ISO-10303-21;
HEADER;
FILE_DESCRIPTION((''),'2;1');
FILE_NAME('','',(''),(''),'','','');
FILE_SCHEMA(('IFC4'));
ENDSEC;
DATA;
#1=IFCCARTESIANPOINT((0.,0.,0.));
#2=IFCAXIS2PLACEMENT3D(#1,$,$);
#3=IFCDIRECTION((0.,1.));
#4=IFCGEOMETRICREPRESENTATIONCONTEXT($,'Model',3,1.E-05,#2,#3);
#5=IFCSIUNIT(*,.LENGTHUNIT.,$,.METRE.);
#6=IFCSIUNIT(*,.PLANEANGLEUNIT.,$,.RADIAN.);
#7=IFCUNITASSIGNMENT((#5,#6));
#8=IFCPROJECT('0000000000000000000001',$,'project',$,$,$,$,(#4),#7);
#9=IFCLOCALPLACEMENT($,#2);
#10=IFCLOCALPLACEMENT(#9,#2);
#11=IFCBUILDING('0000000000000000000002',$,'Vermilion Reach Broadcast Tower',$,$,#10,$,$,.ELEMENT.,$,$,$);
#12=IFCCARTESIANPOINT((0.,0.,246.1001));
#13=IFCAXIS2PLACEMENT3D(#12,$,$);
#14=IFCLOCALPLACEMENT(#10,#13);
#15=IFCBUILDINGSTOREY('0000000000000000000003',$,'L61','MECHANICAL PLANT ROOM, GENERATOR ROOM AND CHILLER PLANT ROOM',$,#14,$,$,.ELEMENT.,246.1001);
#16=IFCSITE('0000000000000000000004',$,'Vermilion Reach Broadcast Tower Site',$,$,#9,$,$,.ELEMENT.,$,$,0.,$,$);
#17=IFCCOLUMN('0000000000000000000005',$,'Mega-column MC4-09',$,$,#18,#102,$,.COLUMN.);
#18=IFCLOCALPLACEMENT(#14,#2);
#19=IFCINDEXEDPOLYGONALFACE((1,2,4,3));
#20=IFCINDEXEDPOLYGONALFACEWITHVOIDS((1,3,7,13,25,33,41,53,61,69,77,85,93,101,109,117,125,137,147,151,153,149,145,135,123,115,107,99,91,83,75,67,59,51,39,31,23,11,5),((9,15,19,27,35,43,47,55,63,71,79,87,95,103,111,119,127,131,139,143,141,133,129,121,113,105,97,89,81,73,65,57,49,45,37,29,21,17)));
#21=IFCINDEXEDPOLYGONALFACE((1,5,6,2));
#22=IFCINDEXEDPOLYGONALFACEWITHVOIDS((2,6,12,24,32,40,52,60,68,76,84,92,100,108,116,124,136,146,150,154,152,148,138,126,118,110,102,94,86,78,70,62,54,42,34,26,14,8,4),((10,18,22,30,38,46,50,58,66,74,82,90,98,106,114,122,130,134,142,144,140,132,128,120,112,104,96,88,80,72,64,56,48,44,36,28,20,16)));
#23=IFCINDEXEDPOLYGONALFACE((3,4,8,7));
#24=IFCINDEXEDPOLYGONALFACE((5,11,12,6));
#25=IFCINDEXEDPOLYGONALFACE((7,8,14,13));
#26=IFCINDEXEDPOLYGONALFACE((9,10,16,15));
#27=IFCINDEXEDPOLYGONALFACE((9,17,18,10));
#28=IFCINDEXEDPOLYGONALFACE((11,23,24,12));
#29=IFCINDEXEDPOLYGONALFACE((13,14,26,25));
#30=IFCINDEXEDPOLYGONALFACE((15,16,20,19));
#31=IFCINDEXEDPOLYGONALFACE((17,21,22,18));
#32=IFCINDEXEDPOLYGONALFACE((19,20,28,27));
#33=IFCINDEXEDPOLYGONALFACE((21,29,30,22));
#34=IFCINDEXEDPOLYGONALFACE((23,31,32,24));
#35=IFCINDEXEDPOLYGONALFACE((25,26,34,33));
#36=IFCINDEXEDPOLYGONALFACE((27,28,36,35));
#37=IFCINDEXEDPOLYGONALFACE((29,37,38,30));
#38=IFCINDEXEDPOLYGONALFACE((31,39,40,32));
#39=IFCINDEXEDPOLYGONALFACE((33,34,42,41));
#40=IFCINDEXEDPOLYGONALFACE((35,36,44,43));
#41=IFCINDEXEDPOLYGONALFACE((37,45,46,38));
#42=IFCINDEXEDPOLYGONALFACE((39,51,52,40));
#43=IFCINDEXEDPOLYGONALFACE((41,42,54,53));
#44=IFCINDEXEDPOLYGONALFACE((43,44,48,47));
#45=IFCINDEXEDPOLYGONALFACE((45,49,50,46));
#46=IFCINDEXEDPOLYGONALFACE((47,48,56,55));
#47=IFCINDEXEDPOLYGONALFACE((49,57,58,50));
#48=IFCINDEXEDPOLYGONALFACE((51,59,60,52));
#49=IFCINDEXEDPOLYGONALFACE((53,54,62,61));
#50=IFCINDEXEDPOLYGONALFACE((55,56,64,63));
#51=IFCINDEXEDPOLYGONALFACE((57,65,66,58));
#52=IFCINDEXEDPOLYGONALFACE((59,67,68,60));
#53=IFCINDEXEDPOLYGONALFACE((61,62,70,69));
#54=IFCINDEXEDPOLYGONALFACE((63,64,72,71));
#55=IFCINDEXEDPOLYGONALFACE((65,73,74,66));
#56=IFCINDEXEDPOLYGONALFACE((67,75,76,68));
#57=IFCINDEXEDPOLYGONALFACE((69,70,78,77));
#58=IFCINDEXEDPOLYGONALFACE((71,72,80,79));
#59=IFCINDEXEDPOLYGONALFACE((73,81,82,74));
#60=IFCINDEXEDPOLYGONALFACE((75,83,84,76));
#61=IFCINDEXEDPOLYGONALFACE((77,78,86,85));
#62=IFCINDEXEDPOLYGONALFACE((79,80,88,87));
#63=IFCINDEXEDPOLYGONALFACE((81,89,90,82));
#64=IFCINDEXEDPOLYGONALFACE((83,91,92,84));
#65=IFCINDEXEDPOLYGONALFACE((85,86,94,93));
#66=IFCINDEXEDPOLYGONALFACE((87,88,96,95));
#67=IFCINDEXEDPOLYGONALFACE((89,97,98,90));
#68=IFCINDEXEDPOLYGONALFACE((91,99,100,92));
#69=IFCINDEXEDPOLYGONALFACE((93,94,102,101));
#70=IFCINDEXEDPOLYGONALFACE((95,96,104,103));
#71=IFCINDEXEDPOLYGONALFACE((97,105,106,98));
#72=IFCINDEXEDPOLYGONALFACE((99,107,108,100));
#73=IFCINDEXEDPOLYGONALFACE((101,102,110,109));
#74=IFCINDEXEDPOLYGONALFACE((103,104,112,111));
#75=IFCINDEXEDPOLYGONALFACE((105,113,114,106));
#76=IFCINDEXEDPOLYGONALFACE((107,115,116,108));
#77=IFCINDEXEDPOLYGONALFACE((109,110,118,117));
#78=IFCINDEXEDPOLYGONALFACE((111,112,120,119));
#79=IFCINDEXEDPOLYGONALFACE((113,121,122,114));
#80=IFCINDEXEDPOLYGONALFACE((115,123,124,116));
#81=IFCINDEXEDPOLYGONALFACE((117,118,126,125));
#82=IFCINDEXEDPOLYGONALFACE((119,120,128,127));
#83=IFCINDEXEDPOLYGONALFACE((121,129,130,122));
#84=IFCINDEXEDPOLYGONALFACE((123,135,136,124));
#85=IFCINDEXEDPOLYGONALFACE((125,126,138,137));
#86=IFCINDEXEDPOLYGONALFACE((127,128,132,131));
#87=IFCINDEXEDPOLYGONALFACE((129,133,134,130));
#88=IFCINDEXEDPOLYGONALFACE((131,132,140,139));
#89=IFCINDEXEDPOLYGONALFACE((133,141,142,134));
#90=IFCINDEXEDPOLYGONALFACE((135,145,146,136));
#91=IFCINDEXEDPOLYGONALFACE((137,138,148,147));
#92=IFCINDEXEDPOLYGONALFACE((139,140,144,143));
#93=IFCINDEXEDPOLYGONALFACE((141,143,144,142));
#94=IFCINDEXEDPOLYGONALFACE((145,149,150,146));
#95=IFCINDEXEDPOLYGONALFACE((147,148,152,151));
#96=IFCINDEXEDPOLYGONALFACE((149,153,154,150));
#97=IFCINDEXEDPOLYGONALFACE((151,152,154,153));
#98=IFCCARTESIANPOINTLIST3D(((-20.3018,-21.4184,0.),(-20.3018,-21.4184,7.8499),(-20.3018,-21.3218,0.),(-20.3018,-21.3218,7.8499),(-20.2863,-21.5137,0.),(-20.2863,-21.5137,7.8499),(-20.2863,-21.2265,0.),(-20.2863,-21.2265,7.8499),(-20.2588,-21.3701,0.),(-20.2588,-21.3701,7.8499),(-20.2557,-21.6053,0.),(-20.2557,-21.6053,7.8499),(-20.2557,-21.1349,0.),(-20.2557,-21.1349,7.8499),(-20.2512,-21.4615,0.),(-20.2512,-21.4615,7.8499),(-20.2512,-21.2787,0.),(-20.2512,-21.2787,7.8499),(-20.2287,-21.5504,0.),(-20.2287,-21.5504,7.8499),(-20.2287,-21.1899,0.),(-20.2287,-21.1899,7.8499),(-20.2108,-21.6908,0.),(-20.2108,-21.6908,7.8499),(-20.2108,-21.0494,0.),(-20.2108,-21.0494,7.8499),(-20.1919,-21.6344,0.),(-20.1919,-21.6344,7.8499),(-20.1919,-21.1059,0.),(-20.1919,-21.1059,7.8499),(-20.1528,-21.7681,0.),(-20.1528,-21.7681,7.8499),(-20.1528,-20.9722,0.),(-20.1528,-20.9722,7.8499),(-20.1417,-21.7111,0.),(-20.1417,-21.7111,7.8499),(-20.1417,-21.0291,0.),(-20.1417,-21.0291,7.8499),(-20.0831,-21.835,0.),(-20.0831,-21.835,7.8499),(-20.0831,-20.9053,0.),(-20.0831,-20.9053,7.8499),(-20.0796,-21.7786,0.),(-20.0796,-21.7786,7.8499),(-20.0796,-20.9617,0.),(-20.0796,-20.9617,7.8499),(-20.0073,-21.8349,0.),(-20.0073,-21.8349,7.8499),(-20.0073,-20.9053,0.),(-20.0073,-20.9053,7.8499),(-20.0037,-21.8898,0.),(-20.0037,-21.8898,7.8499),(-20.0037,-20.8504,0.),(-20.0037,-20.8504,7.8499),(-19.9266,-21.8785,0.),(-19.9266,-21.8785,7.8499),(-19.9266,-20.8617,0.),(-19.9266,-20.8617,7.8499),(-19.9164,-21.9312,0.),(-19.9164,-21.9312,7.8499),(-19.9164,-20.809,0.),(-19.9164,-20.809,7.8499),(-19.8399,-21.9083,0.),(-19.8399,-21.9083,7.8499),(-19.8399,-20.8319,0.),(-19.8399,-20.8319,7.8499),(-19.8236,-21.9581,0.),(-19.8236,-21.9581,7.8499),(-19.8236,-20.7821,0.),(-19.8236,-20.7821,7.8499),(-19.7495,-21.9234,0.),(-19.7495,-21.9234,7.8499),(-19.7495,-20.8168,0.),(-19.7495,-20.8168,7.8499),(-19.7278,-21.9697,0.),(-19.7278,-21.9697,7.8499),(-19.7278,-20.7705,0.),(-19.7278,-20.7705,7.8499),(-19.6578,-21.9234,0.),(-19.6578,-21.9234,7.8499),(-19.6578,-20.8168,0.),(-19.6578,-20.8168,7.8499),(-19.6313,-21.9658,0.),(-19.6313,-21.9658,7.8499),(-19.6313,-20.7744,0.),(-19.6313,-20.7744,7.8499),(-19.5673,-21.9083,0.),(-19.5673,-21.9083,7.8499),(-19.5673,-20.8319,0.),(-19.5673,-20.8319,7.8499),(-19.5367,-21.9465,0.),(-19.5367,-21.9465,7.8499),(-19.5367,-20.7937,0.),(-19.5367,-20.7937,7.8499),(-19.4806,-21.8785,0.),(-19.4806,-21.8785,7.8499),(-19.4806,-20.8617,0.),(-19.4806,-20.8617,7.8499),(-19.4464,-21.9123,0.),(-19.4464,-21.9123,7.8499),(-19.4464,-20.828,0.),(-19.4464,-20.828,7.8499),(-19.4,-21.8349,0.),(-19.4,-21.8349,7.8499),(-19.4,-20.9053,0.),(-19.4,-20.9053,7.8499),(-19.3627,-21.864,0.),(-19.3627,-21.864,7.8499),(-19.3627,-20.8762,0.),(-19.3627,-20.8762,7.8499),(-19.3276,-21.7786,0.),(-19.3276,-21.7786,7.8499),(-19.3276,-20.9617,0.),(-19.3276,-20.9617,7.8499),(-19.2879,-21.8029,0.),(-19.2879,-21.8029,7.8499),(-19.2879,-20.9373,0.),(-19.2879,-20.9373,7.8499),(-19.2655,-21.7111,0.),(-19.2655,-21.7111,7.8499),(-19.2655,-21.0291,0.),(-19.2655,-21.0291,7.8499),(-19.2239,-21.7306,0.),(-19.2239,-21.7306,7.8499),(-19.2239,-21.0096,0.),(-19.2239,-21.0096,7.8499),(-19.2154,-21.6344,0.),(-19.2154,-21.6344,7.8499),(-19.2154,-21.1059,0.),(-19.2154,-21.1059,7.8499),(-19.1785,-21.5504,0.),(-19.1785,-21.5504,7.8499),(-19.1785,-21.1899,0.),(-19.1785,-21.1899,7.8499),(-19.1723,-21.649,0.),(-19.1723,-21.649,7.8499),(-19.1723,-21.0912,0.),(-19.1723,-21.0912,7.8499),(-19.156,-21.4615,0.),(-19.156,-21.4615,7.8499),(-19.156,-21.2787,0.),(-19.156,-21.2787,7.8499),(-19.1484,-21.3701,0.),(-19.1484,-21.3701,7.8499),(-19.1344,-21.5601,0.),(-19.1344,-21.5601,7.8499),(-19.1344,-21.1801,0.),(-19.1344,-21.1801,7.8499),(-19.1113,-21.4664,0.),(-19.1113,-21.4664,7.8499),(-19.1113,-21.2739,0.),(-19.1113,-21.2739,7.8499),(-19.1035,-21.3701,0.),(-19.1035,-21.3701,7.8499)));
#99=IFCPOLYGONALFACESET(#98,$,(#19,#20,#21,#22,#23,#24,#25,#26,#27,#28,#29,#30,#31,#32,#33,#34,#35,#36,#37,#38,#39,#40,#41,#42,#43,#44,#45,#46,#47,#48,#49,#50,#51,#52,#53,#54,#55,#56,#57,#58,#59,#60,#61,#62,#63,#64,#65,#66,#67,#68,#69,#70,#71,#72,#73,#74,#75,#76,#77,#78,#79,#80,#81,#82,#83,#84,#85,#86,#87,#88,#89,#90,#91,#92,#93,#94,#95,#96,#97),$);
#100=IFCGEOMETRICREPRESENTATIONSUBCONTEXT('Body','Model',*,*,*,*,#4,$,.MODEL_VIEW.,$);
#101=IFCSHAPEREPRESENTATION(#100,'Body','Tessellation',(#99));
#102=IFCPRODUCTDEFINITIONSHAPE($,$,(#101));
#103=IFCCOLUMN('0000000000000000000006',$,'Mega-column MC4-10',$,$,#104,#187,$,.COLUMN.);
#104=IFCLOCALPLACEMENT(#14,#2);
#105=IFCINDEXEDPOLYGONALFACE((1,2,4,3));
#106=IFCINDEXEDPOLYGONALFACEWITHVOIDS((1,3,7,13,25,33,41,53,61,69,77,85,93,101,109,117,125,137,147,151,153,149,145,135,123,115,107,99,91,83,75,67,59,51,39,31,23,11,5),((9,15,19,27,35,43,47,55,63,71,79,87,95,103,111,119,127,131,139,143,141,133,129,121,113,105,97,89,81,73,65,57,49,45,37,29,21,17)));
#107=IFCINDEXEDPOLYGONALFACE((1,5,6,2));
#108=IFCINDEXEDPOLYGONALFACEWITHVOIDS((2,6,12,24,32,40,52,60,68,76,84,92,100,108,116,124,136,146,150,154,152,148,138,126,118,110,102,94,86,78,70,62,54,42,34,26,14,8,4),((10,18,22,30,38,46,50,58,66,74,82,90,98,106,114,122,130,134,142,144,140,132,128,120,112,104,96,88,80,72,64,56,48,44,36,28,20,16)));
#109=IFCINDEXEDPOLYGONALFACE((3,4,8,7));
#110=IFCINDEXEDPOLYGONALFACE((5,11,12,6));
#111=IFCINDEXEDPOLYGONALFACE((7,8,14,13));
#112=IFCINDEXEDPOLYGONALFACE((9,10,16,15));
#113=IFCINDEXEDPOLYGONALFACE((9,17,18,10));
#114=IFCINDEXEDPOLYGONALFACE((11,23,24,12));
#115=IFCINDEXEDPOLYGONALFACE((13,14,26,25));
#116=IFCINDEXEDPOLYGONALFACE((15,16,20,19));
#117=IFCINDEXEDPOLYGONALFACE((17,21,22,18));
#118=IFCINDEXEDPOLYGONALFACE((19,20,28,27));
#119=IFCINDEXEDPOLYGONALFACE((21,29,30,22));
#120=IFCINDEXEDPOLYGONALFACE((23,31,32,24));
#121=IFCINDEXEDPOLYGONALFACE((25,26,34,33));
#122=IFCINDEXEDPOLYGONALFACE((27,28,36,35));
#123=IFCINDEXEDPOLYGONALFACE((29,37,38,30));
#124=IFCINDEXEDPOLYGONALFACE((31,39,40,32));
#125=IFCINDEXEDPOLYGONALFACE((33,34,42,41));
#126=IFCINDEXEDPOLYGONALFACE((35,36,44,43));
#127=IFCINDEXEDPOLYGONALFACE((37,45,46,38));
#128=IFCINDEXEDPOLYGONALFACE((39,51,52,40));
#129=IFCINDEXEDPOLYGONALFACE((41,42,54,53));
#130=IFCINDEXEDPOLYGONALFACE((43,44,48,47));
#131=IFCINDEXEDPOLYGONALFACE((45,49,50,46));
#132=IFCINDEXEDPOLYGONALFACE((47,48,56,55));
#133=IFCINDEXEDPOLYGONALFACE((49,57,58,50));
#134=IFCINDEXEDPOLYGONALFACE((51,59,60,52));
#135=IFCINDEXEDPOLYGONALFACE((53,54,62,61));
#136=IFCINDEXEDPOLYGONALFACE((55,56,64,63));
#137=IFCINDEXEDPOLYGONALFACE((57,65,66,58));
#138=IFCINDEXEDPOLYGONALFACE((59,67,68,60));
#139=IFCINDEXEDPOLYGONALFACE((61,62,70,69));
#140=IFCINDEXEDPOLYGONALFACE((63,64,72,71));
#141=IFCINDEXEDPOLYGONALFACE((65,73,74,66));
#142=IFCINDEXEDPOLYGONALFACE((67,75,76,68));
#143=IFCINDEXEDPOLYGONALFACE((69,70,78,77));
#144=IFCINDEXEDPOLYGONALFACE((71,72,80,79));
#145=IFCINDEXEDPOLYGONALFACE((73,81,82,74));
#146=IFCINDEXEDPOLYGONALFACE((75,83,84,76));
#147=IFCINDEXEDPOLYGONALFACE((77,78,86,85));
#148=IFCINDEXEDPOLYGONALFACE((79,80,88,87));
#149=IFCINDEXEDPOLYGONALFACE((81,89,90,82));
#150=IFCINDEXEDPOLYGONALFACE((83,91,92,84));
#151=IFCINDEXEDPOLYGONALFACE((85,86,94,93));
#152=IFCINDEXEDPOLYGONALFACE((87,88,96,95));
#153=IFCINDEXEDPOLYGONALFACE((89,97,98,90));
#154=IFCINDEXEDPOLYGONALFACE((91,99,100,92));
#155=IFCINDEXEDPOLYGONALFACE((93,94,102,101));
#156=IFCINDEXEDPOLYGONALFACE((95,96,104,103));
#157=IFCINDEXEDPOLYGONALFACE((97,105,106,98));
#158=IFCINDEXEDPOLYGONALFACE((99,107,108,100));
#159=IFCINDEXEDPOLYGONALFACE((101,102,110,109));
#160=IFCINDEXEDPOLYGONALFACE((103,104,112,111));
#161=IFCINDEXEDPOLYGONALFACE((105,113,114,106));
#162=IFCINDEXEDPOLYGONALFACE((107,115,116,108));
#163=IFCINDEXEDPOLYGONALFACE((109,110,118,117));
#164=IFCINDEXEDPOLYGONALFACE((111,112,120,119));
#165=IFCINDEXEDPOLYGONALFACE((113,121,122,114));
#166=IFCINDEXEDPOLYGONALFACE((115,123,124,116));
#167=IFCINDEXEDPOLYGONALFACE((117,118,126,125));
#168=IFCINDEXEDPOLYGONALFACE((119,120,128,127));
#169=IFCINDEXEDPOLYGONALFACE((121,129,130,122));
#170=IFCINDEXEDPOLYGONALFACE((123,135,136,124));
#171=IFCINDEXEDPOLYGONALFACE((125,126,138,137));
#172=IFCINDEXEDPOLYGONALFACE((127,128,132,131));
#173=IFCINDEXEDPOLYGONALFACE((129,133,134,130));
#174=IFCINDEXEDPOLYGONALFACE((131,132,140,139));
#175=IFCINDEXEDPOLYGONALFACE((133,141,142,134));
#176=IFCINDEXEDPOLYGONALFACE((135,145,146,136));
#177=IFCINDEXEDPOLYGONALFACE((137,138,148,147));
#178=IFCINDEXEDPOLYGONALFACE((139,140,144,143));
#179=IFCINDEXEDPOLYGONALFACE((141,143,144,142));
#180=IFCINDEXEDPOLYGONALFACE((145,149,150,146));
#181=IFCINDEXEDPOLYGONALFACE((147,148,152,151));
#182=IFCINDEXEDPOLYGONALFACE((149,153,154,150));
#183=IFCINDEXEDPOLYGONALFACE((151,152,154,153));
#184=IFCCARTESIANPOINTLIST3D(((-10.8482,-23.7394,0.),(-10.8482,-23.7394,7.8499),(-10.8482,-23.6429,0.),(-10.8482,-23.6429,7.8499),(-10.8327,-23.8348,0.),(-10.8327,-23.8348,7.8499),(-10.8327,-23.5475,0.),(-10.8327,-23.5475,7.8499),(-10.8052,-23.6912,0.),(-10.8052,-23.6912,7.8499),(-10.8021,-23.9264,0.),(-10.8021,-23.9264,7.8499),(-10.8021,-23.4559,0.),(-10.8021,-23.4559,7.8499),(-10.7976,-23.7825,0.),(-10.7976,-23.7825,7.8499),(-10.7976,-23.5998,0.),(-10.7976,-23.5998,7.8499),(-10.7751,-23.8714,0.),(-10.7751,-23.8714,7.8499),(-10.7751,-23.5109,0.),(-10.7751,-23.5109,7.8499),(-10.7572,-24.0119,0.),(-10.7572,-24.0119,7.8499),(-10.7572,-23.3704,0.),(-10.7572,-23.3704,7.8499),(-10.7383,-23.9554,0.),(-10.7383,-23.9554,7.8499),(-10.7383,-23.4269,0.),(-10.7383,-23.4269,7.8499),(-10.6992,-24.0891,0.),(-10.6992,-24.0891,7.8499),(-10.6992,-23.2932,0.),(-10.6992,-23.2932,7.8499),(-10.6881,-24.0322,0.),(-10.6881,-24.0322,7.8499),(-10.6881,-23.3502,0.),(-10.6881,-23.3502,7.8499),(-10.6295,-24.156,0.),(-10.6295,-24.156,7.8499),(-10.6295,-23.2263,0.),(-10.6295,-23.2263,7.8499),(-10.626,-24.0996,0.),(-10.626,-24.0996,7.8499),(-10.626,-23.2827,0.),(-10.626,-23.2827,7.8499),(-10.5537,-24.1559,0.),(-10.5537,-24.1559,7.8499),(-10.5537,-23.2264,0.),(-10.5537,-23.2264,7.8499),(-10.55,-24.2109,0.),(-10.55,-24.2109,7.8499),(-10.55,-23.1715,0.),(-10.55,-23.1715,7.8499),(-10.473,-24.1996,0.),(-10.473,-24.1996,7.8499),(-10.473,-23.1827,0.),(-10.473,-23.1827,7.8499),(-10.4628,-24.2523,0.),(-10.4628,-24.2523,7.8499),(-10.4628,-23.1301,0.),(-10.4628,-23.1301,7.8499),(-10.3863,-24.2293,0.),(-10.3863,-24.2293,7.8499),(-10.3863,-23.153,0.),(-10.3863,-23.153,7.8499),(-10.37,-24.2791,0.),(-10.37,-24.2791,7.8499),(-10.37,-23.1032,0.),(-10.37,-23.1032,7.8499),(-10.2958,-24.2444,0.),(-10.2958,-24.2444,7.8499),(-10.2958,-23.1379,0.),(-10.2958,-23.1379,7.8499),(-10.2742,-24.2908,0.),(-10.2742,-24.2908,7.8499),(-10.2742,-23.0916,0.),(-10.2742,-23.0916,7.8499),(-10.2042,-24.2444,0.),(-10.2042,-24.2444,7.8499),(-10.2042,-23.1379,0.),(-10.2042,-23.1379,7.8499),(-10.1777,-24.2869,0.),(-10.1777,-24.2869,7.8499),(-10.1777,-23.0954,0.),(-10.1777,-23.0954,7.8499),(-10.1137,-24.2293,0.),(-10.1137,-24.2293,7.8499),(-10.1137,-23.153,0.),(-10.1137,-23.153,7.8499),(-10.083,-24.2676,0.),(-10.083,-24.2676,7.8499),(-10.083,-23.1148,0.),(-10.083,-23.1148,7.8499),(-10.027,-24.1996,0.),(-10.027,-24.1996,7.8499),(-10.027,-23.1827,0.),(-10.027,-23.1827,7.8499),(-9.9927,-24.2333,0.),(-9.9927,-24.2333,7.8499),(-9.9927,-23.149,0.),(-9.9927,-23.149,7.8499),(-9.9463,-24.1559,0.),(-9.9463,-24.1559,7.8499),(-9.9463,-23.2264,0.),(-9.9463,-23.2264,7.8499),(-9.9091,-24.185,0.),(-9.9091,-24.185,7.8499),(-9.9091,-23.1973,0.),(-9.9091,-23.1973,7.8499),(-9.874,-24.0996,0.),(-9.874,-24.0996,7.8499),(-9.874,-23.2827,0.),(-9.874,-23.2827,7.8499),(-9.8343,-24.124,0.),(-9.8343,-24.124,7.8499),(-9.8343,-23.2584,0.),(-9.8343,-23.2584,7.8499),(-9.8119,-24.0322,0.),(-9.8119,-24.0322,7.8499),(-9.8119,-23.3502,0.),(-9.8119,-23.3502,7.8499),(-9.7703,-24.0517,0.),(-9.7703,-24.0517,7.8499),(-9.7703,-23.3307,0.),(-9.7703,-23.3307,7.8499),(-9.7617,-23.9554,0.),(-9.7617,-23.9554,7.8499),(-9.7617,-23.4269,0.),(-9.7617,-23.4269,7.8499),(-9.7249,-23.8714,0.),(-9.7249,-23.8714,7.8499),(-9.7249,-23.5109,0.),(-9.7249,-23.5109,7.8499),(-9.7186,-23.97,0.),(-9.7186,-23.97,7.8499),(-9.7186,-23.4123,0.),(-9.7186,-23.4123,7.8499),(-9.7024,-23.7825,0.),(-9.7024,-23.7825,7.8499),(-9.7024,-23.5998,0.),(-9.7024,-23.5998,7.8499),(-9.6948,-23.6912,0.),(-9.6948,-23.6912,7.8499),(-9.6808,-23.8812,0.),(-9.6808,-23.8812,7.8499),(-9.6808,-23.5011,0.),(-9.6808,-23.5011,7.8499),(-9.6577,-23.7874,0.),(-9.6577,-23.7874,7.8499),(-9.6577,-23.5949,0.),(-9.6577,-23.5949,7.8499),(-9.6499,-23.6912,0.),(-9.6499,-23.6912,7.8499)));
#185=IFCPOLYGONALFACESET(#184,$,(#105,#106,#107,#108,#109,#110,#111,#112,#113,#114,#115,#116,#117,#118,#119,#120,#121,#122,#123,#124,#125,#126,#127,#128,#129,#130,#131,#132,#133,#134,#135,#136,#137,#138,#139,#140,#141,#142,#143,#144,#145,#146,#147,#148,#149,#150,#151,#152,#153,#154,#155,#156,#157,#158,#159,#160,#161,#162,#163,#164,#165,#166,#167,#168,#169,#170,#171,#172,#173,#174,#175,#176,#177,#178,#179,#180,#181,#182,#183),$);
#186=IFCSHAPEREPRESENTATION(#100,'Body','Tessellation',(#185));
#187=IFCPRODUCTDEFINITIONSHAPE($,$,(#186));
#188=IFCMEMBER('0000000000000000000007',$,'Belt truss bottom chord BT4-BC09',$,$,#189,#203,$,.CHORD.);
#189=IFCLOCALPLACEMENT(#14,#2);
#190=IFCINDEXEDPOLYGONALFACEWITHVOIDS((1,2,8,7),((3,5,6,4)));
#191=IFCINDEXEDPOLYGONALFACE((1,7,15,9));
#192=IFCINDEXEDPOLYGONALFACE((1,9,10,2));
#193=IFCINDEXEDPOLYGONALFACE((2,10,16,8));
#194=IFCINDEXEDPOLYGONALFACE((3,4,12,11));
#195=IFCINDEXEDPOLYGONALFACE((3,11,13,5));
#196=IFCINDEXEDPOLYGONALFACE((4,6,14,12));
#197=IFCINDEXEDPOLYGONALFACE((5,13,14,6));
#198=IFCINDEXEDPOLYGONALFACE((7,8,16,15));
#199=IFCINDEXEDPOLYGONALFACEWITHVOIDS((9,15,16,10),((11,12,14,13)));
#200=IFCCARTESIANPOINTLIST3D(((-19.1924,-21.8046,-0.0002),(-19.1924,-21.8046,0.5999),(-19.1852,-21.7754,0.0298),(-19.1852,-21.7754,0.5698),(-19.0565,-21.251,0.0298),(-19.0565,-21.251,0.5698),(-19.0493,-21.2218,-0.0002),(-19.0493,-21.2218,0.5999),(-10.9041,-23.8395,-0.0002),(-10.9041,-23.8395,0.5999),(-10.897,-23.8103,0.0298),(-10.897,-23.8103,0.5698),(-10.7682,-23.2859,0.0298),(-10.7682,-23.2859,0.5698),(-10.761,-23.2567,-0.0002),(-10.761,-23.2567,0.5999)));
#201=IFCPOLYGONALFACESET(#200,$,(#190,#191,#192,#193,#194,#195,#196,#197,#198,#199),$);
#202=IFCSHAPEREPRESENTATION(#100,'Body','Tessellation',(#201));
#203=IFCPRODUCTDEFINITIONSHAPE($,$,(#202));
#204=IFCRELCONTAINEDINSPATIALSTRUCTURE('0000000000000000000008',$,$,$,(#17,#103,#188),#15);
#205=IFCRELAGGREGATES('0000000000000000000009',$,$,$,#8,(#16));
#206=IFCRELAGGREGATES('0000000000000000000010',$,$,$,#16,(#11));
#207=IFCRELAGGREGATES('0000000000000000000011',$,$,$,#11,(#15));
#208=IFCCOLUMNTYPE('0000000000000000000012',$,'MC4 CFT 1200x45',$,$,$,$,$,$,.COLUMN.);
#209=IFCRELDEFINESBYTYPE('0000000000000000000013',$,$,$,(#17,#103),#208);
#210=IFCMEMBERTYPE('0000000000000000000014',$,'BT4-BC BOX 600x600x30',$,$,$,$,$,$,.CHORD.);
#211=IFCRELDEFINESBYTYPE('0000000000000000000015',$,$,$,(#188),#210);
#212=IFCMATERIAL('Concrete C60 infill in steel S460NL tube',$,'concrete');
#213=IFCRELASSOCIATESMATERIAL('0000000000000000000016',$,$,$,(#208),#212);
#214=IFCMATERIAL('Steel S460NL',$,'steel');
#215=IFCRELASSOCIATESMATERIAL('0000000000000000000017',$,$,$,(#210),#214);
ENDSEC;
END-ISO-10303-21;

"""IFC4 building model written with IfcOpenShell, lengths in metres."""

from ifc_helpers import new_model, si_unit, direction, frame, origin, origin_2d, place, context, subcontext, project, spatial, hollow_rectangle, hollow_circle, extrude, material, material_profile, profile_set, type_object, element, save


model = new_model("IFC4")

# Units and contexts
model_context = context("Model", 3, precision=1e-05, world=origin(), true_north=direction((0.0, 1.0)))
body_context = subcontext(model_context, "Body", "Model", "MODEL_VIEW")
ifc_project = project(units=[si_unit("LENGTHUNIT", "METRE"), si_unit("PLANEANGLEUNIT", "RADIAN")], contexts=[model_context])

# Site, building, storey
site_placement = place(None, origin())
site = spatial("IfcSite", under=ifc_project, at=site_placement, Name="Vermilion Reach Broadcast Tower Site", CompositionType="ELEMENT", RefElevation=0.0)
building_placement = place(site_placement, origin())
building = spatial("IfcBuilding", under=site, at=building_placement, Name="Vermilion Reach Broadcast Tower", CompositionType="ELEMENT")
storey_placement = place(building_placement, frame((0.0, 0.0, 246.1001)))
storey = spatial("IfcBuildingStorey", under=building, at=storey_placement, Name="L61", Description="MECHANICAL PLANT ROOM, GENERATOR ROOM AND CHILLER PLANT ROOM", CompositionType="ELEMENT", Elevation=246.1001)

# Columns
ifc_material_1 = material(Name="Concrete C60 infill in steel S460NL tube", Category="concrete")
ifc_material_profile_1 = material_profile(ifc_material_1, hollow_circle(Radius=0.6001, WallThickness=0.0449, at=origin_2d()), Name="Concrete C60 infill in steel S460NL tube CFT 1200x45")
ifc_profile_set_1 = profile_set([ifc_material_profile_1], Name="Concrete C60 infill in steel S460NL tube")
column_type = type_object("IfcColumnType", Name="MC4 CFT 1200x45", PredefinedType="COLUMN", material=ifc_profile_set_1)
for number, where, z_axis, x_axis, name in (
    (1, (-19.7036, -21.3701, 0.0), (0.0, 0.0, 1.0), (1.0, 0.0, 0.0), "Mega-column MC4-09"),
    (2, (-10.25, -23.6912, 0.0), (0.0, 0.0, 1.0), (1.0, 0.0, 0.0), "Mega-column MC4-10"),
):
    element("IfcColumn", number, at=place(storey_placement, frame(where, z_axis=z_axis, x_axis=x_axis)), inside=storey, type_object=column_type, Name=name, PredefinedType="COLUMN", context=body_context, shape_type="SweptSolid", body=[
        extrude(hollow_circle(Radius=0.6001, WallThickness=0.0449, at=origin_2d()), origin(), (0.0, 0.0, 1.0), 7.8499),
    ])

# Member
ifc_material_2 = material(Name="Steel S460NL", Category="steel")
ifc_material_profile_2 = material_profile(ifc_material_2, hollow_rectangle(XDim=0.6001, YDim=0.6001, WallThickness=0.03, at=origin_2d()), Name="S460NL BOX 600x600x30")
ifc_profile_set_2 = profile_set([ifc_material_profile_2], Name="Steel S460NL")
member_type_1 = type_object("IfcMemberType", Name="BT4-BC BOX 600x600x30", PredefinedType="CHORD", material=ifc_profile_set_2)
member_1_placement = place(storey_placement, frame((-19.1208, -21.5132, 0.2998), z_axis=(0.971159, -0.238434, 0.0), x_axis=(0.238434, 0.971159, 0.0)))
element("IfcMember", 3, at=member_1_placement, inside=storey, type_object=member_type_1, Name="Belt truss bottom chord BT4-BC09", PredefinedType="CHORD", context=body_context, shape_type="SweptSolid", body=[
    extrude(hollow_rectangle(XDim=0.6001, YDim=0.6001, WallThickness=0.03, at=origin_2d()), origin(), (0.0, 0.0, 1.0), 8.5344),
])

save(model, "model.ifc")
